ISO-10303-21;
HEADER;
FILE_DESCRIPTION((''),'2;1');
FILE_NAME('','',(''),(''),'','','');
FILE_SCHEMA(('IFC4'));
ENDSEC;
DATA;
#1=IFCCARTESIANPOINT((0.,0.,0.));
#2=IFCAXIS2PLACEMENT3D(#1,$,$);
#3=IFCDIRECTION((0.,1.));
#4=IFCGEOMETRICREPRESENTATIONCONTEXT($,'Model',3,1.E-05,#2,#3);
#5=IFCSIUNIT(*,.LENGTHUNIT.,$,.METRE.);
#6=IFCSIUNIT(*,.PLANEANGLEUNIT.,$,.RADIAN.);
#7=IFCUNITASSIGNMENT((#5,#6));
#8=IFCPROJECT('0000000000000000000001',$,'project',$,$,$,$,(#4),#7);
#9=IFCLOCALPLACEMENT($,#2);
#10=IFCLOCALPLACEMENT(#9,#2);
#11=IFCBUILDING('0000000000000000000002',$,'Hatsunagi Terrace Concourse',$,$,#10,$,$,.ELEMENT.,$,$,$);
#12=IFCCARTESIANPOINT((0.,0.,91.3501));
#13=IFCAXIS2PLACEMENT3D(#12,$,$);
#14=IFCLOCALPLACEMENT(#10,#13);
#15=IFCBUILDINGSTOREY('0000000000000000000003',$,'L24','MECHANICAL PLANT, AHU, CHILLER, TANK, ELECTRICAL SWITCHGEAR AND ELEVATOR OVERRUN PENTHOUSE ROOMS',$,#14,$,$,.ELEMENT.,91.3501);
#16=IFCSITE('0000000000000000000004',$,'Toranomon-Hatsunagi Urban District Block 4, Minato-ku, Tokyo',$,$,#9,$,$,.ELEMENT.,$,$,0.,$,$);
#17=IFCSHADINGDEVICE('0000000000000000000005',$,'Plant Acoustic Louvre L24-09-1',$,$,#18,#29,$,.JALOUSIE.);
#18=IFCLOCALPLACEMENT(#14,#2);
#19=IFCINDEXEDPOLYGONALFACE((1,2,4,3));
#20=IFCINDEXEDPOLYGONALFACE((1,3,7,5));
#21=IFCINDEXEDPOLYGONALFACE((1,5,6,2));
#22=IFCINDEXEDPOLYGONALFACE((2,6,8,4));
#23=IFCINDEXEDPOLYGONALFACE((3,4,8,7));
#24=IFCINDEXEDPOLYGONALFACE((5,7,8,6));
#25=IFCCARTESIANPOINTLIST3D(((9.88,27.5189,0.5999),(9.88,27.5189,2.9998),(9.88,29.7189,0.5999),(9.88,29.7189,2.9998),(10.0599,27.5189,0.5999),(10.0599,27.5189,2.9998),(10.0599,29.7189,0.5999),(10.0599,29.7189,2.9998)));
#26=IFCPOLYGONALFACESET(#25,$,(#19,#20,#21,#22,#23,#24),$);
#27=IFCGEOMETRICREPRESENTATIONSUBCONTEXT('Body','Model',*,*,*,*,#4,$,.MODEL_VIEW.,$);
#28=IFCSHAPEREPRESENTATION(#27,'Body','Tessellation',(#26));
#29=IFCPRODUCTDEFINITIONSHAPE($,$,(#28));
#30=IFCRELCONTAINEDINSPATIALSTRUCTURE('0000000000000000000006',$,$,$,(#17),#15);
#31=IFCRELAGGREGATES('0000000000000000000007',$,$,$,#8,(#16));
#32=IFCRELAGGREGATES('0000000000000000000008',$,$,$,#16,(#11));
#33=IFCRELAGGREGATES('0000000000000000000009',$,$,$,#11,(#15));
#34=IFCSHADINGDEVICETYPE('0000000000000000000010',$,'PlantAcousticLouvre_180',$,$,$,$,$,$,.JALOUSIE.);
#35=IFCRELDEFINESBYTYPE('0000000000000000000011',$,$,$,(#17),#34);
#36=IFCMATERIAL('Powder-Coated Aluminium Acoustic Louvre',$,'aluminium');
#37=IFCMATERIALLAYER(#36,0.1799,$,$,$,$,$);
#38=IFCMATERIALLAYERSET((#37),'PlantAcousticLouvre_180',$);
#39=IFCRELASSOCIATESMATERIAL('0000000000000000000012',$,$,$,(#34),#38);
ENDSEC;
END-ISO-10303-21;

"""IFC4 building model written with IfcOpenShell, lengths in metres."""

from ifc_helpers import new_model, si_unit, direction, frame, origin, origin_2d, place, context, subcontext, project, spatial, rectangle, extrude, material, layer, layer_set, type_object, element, save


model = new_model("IFC4")

# Units and contexts
model_context = context("Model", 3, precision=1e-05, world=origin(), true_north=direction((0.0, 1.0)))
body_context = subcontext(model_context, "Body", "Model", "MODEL_VIEW")
ifc_project = project(units=[si_unit("LENGTHUNIT", "METRE"), si_unit("PLANEANGLEUNIT", "RADIAN")], contexts=[model_context])

# Site, building, storey
site_placement = place(None, origin())
site = spatial("IfcSite", under=ifc_project, at=site_placement, Name="Toranomon-Hatsunagi Urban District Block 4, Minato-ku, Tokyo", CompositionType="ELEMENT", RefElevation=0.0)
building_placement = place(site_placement, origin())
building = spatial("IfcBuilding", under=site, at=building_placement, Name="Hatsunagi Terrace Concourse", CompositionType="ELEMENT")
storey_placement = place(building_placement, frame((0.0, 0.0, 91.3501)))
storey = spatial("IfcBuildingStorey", under=building, at=storey_placement, Name="L24", Description="MECHANICAL PLANT, AHU, CHILLER, TANK, ELECTRICAL SWITCHGEAR AND ELEVATOR OVERRUN PENTHOUSE ROOMS", CompositionType="ELEMENT", Elevation=91.3501)

# Shading device
ifc_material_1 = material(Name="Powder-Coated Aluminium Acoustic Louvre", Category="aluminium")
ifc_layer_1 = layer(ifc_material_1, 0.1799)
ifc_layer_set_1 = layer_set([ifc_layer_1], Name="PlantAcousticLouvre_180")
shading_device_type = type_object("IfcShadingDeviceType", Name="PlantAcousticLouvre_180", PredefinedType="JALOUSIE", material=ifc_layer_set_1)
for number, where, z_axis, x_axis, name in (
    (1, (9.97, 28.6189, 0.5999), (0.0, 0.0, 1.0), (0.0, 1.0, 0.0), "Plant Acoustic Louvre L24-09-1"),
):
    element("IfcShadingDevice", number, at=place(storey_placement, frame(where, z_axis=z_axis, x_axis=x_axis)), inside=storey, type_object=shading_device_type, Name=name, PredefinedType="JALOUSIE", context=body_context, shape_type="SweptSolid", body=[
        extrude(rectangle(XDim=2.2, YDim=0.1799, at=origin_2d()), origin(), (0.0, 0.0, 1.0), 2.3999),
    ])

save(model, "model.ifc")
